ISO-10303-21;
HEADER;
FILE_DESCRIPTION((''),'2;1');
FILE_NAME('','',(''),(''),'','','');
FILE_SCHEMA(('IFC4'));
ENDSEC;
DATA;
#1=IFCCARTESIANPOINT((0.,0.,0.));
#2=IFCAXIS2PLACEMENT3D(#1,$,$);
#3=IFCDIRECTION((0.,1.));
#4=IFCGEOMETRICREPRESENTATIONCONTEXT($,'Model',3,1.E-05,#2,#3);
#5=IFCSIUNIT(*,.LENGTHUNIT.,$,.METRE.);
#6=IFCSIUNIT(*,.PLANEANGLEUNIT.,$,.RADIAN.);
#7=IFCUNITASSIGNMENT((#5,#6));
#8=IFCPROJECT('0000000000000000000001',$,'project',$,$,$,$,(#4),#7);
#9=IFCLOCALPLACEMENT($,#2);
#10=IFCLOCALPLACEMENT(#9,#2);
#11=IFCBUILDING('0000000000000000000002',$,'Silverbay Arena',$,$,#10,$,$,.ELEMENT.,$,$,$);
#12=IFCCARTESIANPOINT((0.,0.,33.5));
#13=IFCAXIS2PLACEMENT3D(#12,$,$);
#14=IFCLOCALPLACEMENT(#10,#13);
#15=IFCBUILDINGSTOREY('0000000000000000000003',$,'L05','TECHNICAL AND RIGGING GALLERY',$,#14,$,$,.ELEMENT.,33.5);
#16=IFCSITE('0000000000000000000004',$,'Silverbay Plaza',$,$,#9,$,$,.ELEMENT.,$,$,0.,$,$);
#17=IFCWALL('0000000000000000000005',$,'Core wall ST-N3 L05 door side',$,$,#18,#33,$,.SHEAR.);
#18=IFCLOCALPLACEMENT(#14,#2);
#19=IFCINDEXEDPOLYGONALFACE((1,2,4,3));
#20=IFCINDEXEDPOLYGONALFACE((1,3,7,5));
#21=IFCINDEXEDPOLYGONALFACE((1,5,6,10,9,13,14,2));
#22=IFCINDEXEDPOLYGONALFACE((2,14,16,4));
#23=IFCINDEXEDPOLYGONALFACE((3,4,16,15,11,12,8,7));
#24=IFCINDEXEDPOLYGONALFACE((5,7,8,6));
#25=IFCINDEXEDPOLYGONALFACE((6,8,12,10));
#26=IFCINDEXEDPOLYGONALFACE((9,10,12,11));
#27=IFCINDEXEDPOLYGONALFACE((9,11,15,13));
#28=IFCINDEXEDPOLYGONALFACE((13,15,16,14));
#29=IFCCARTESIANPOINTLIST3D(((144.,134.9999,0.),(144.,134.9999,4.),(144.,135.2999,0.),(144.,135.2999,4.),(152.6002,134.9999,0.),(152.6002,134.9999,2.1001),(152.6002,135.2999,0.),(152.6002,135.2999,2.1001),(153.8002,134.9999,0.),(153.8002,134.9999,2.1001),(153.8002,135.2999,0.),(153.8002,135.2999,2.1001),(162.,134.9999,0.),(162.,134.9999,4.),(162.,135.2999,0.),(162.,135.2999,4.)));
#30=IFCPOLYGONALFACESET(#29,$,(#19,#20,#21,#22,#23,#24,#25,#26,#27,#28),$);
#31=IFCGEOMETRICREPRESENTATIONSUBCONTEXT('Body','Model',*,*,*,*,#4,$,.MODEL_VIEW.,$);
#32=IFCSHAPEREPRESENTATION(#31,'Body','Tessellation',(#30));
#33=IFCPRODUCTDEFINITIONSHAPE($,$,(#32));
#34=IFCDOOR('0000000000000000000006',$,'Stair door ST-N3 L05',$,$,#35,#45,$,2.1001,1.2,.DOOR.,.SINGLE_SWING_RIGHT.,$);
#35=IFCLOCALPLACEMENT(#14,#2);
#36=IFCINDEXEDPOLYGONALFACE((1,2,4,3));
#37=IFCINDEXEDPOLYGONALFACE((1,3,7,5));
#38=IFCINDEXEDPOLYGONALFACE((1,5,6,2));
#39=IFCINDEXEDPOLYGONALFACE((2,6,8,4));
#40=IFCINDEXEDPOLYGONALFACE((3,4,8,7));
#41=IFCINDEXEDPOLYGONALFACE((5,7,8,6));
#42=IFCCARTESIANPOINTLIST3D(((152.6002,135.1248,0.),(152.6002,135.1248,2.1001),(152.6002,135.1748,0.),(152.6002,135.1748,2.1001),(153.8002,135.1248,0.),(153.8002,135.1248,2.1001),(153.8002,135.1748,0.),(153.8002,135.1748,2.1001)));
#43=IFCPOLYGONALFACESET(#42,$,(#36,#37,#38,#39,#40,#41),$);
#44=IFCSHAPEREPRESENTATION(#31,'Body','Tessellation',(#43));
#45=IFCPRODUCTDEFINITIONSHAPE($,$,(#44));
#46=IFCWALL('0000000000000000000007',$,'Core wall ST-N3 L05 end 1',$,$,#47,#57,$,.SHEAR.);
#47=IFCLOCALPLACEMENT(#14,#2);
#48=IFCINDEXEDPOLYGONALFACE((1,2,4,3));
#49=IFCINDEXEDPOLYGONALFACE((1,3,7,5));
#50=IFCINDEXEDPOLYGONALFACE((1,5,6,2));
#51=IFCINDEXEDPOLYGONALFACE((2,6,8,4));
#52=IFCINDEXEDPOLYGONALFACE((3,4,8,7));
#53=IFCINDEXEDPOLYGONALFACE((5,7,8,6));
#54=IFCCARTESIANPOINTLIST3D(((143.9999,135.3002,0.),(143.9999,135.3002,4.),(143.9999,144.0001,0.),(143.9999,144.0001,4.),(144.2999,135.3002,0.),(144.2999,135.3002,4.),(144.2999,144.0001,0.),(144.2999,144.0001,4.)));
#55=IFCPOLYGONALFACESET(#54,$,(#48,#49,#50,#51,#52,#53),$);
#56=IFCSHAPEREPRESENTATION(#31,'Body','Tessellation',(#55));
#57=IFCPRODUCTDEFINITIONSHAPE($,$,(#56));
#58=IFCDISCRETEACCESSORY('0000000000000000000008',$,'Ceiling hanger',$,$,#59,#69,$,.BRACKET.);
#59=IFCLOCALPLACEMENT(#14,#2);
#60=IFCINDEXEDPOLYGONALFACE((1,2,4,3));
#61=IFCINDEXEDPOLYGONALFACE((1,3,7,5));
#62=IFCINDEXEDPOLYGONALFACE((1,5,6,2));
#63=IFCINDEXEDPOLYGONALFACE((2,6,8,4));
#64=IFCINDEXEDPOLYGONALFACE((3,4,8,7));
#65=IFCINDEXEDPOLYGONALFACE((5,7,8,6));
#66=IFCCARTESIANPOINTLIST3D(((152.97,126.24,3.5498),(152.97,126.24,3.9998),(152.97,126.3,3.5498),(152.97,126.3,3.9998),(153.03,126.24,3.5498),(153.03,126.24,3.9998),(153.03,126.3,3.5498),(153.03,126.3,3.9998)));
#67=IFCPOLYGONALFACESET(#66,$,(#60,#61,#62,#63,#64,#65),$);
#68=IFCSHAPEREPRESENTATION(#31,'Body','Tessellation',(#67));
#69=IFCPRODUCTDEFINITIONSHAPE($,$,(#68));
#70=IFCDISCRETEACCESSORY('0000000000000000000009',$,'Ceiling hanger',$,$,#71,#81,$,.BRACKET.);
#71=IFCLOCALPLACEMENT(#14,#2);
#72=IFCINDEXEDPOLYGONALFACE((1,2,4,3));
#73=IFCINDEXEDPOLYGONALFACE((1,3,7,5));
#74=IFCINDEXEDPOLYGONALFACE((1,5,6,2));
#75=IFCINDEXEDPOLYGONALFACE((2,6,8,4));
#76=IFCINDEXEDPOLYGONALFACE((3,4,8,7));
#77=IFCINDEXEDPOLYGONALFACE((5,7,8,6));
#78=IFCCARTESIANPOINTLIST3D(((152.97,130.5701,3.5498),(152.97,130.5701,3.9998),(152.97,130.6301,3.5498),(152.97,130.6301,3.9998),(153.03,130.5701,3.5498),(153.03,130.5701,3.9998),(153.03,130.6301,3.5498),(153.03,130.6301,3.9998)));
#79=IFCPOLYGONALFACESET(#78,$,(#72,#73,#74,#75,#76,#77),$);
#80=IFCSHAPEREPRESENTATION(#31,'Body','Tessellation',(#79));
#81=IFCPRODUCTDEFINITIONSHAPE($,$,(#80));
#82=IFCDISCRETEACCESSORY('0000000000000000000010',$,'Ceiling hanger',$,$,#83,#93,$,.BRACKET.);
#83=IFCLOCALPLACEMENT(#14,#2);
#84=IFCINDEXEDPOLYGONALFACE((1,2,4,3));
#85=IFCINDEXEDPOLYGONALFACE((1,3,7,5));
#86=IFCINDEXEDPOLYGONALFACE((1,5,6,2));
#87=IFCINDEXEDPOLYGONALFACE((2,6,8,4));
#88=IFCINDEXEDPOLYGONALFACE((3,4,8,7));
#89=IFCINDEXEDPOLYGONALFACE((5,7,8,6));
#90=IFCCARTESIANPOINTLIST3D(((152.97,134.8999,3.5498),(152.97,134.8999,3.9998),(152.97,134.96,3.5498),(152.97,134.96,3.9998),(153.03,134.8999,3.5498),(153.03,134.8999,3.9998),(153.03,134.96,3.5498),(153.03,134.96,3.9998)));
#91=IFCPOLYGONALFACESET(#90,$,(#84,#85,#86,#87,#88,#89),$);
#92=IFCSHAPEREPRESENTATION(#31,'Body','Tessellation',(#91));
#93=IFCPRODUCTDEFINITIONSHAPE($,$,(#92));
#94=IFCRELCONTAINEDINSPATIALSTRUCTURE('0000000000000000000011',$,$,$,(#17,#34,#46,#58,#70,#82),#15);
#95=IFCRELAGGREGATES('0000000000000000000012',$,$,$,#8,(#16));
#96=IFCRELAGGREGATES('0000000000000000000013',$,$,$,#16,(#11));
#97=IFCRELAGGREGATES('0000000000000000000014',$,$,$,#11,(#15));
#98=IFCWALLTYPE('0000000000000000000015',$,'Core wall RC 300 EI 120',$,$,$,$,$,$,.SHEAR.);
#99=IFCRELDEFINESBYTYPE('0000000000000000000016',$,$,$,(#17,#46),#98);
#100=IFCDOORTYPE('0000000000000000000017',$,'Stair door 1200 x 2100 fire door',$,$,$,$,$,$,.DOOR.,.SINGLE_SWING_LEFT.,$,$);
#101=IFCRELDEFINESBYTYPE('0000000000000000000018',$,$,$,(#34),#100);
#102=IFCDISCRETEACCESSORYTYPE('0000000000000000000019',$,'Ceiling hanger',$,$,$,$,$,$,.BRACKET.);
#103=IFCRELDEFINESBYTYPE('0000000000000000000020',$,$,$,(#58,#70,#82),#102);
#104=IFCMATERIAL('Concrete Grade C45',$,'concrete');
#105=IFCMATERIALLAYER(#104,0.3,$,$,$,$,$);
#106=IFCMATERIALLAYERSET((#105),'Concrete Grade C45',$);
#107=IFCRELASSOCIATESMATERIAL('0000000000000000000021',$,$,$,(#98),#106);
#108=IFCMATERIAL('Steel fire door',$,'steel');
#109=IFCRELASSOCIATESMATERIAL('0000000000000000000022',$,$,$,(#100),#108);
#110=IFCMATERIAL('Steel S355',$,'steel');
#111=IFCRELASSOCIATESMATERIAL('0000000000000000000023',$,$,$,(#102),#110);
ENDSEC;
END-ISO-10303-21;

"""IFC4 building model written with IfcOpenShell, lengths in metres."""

from ifc_helpers import new_model, si_unit, direction, frame, frame_2d, origin, origin_2d, place, context, subcontext, project, spatial, rectangle, extrude, material, layer, layer_set, type_object, element, fill, save


model = new_model("IFC4")

# Units and contexts
model_context = context("Model", 3, precision=1e-05, world=origin(), true_north=direction((0.0, 1.0)))
body_context = subcontext(model_context, "Body", "Model", "MODEL_VIEW")
ifc_project = project(units=[si_unit("LENGTHUNIT", "METRE"), si_unit("PLANEANGLEUNIT", "RADIAN")], contexts=[model_context])

# Site, building, storey
site_placement = place(None, origin())
site = spatial("IfcSite", under=ifc_project, at=site_placement, Name="Silverbay Plaza", CompositionType="ELEMENT", RefElevation=0.0)
building_placement = place(site_placement, origin())
building = spatial("IfcBuilding", under=site, at=building_placement, Name="Silverbay Arena", CompositionType="ELEMENT")
storey_placement = place(building_placement, frame((0.0, 0.0, 33.5)))
storey = spatial("IfcBuildingStorey", under=building, at=storey_placement, Name="L05", Description="TECHNICAL AND RIGGING GALLERY", CompositionType="ELEMENT", Elevation=33.5)

# Wall, opening, door
ifc_material_1 = material(Name="Concrete Grade C45", Category="concrete")
ifc_layer = layer(ifc_material_1, 0.3)
ifc_layer_set = layer_set([ifc_layer], Name="Concrete Grade C45")
wall_type = type_object("IfcWallType", Name="Core wall RC 300 EI 120", PredefinedType="SHEAR", material=ifc_layer_set)
wall_1_placement = place(storey_placement, frame((144.0, 135.1499, 0.0), z_axis=(0.0, 0.0, 1.0), x_axis=(1.0, 0.0, 0.0)))
wall_1 = element("IfcWall", 1, at=wall_1_placement, inside=storey, type_object=wall_type, Name="Core wall ST-N3 L05 door side", PredefinedType="SHEAR", context=body_context, shape_type="SweptSolid", body=[
    extrude(rectangle(XDim=18.0, YDim=0.3, at=frame_2d((9.0, 0.0))), origin(), (0.0, 0.0, 1.0), 4.0),
])
opening_placement = place(wall_1_placement, frame((8.6001, 0.0, 0.0)))
opening = element("IfcOpeningElement", 2, at=opening_placement, cuts=wall_1, PredefinedType="OPENING", context=body_context, shape_type="SweptSolid", body=[
    extrude(rectangle(XDim=1.2, YDim=2.1001, at=frame_2d((0.6001, 1.05))), frame((0.0, 0.1602, 0.0), z_axis=(0.0, -1.0, 0.0), x_axis=(1.0, 0.0, 0.0)), (0.0, 0.0, 1.0), 0.3201),
])
ifc_material_2 = material(Name="Steel fire door", Category="steel")
door_type = type_object("IfcDoorType", Name="Stair door 1200 x 2100 fire door", OperationType="SINGLE_SWING_LEFT", PredefinedType="DOOR", material=ifc_material_2)
door_placement = place(opening_placement, origin())
door = element("IfcDoor", 3, at=door_placement, inside=storey, type_object=door_type, Name="Stair door ST-N3 L05", OperationType="SINGLE_SWING_RIGHT", OverallHeight=2.1001, OverallWidth=1.2, PredefinedType="DOOR", context=body_context, shape_type="SweptSolid", body=[
    extrude(rectangle(XDim=1.2, YDim=2.1001, at=frame_2d((0.6001, 1.05))), frame((0.0, 0.0249, 0.0), z_axis=(0.0, -1.0, 0.0), x_axis=(1.0, 0.0, 0.0)), (0.0, 0.0, 1.0), 0.05),
])
fill(opening, door)

# Wall
wall_2_placement = place(storey_placement, frame((144.1499, 135.3, 0.0), z_axis=(0.0, 0.0, 1.0), x_axis=(0.0, 1.0, 0.0)))
element("IfcWall", 4, at=wall_2_placement, inside=storey, type_object=wall_type, Name="Core wall ST-N3 L05 end 1", PredefinedType="SHEAR", context=body_context, shape_type="SweptSolid", body=[
    extrude(rectangle(XDim=8.7, YDim=0.3, at=frame_2d((4.3501, 0.0))), origin(), (0.0, 0.0, 1.0), 4.0),
])

# Discrete accessories
ifc_material_3 = material(Name="Steel S355", Category="steel")
discrete_accessory_type = type_object("IfcDiscreteAccessoryType", Name="Ceiling hanger", PredefinedType="BRACKET", material=ifc_material_3)
for number, where, z_axis, x_axis, name in (
    (5, (153.0, 126.27, 3.5498), (0.0, 0.0, 1.0), (1.0, 0.0, 0.0), "Ceiling hanger"),
    (6, (153.0, 130.6001, 3.5498), (0.0, 0.0, 1.0), (1.0, 0.0, 0.0), "Ceiling hanger"),
    (7, (153.0, 134.9299, 3.5498), (0.0, 0.0, 1.0), (1.0, 0.0, 0.0), "Ceiling hanger"),
):
    element("IfcDiscreteAccessory", number, at=place(storey_placement, frame(where, z_axis=z_axis, x_axis=x_axis)), inside=storey, type_object=discrete_accessory_type, Name=name, PredefinedType="BRACKET", context=body_context, shape_type="SweptSolid", body=[
        extrude(rectangle(XDim=0.0601, YDim=0.0601, at=origin_2d()), origin(), (0.0, 0.0, 1.0), 0.45),
    ])

save(model, "model.ifc")
